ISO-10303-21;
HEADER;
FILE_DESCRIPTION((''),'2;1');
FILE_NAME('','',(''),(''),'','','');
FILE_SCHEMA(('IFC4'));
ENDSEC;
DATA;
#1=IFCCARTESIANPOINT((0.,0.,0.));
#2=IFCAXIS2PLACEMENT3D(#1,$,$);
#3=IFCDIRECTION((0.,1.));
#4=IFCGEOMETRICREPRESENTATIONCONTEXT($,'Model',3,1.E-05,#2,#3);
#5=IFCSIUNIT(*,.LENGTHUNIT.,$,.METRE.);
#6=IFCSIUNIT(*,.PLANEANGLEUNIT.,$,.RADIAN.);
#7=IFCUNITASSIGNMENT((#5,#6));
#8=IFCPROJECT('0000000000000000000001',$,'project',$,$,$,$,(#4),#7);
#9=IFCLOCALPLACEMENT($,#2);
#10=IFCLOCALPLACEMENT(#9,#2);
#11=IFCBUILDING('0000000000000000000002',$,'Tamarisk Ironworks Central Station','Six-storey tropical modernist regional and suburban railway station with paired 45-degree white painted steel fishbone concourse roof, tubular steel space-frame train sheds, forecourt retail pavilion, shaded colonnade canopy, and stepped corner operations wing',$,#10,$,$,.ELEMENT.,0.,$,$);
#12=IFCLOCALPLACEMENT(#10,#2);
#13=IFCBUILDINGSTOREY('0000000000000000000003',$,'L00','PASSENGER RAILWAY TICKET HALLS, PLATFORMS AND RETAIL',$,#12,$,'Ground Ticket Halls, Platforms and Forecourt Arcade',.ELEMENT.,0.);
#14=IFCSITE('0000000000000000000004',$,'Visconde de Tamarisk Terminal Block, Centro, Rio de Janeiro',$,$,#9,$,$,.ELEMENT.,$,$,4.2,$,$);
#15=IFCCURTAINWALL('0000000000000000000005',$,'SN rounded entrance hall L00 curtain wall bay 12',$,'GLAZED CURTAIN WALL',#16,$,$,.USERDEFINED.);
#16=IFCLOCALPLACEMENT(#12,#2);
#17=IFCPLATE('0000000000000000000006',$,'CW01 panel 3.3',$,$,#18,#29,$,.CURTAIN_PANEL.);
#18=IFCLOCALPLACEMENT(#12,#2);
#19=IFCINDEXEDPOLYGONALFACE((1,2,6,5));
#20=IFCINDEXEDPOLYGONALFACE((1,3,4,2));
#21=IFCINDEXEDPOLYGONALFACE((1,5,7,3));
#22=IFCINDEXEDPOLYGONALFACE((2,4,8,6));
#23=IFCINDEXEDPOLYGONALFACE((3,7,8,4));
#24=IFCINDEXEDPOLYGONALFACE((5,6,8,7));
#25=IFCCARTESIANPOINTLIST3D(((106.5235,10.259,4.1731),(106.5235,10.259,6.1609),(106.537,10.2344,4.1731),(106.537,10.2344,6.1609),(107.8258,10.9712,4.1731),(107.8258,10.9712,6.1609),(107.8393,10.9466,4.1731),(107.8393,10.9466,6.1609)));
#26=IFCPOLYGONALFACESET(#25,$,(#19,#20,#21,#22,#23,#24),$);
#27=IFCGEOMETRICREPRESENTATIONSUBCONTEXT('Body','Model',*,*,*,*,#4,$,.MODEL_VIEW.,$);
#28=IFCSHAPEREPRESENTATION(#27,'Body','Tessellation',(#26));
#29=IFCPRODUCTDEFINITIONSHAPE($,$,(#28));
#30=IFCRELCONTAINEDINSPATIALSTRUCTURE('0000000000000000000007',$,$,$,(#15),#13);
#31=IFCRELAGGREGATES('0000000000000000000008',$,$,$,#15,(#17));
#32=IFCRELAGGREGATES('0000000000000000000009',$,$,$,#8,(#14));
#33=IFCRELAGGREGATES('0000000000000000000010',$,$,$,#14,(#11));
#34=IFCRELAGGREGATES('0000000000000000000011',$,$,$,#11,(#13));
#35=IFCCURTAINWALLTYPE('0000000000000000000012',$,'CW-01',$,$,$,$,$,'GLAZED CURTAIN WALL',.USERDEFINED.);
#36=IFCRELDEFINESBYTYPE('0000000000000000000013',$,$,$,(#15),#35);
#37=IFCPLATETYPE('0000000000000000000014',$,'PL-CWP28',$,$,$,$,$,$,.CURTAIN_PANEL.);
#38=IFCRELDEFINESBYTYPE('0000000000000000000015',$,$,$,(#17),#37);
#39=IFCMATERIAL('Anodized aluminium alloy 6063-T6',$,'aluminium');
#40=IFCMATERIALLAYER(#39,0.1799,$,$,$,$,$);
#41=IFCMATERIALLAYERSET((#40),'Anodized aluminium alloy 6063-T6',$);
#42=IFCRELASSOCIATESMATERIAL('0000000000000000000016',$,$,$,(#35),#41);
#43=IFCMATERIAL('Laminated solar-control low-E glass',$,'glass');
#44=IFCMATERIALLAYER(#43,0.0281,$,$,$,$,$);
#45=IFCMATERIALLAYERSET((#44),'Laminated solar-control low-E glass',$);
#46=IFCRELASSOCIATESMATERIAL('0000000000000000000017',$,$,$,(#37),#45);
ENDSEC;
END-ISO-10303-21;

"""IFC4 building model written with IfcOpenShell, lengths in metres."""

from ifc_helpers import new_model, si_unit, direction, frame, origin, origin_2d, place, context, subcontext, project, spatial, rectangle, extrude, material, layer, layer_set, type_object, element, aggregate, save


model = new_model("IFC4")

# Units and contexts
model_context = context("Model", 3, precision=1e-05, world=origin(), true_north=direction((0.0, 1.0)))
body_context = subcontext(model_context, "Body", "Model", "MODEL_VIEW")
ifc_project = project(units=[si_unit("LENGTHUNIT", "METRE"), si_unit("PLANEANGLEUNIT", "RADIAN")], contexts=[model_context])

# Site, building, storey
site_placement = place(None, origin())
site = spatial("IfcSite", under=ifc_project, at=site_placement, Name="Visconde de Tamarisk Terminal Block, Centro, Rio de Janeiro", CompositionType="ELEMENT", RefElevation=4.2)
building_placement = place(site_placement, origin())
building = spatial("IfcBuilding", under=site, at=building_placement, Name="Tamarisk Ironworks Central Station", Description="Six-storey tropical modernist regional and suburban railway station with paired 45-degree white painted steel fishbone concourse roof, tubular steel space-frame train sheds, forecourt retail pavilion, shaded colonnade canopy, and stepped corner operations wing", CompositionType="ELEMENT", ElevationOfRefHeight=0.0)
storey_placement = place(building_placement, origin())
storey = spatial("IfcBuildingStorey", under=building, at=storey_placement, Name="L00", Description="PASSENGER RAILWAY TICKET HALLS, PLATFORMS AND RETAIL", LongName="Ground Ticket Halls, Platforms and Forecourt Arcade", CompositionType="ELEMENT", Elevation=0.0)

# Curtain wall, plate
ifc_material_1 = material(Name="Anodized aluminium alloy 6063-T6", Category="aluminium")
ifc_layer_1 = layer(ifc_material_1, 0.1799)
ifc_layer_set_1 = layer_set([ifc_layer_1], Name="Anodized aluminium alloy 6063-T6")
curtain_wall_type = type_object("IfcCurtainWallType", Name="CW-01", ElementType="GLAZED CURTAIN WALL", PredefinedType="USERDEFINED", material=ifc_layer_set_1)
curtain_wall_placement = place(storey_placement, origin())
curtain_wall = element("IfcCurtainWall", 1, at=curtain_wall_placement, inside=storey, type_object=curtain_wall_type, Name="SN rounded entrance hall L00 curtain wall bay 12", ObjectType="GLAZED CURTAIN WALL", PredefinedType="USERDEFINED")
ifc_material_2 = material(Name="Laminated solar-control low-E glass", Category="glass")
ifc_layer_2 = layer(ifc_material_2, 0.0281)
ifc_layer_set_2 = layer_set([ifc_layer_2], Name="Laminated solar-control low-E glass")
plate_type = type_object("IfcPlateType", Name="PL-CWP28", PredefinedType="CURTAIN_PANEL", material=ifc_layer_set_2)
plate_1_placement = place(storey_placement, frame((107.1814, 10.6028, 4.1731), z_axis=(0.0, 0.0, 1.0), x_axis=(0.877375, 0.479805, 0.0)))
plate_1 = element("IfcPlate", 2, at=plate_1_placement, type_object=plate_type, Name="CW01 panel 3.3", PredefinedType="CURTAIN_PANEL", context=body_context, shape_type="SweptSolid", body=[
    extrude(rectangle(XDim=1.4844, YDim=0.0281, at=origin_2d()), origin(), (0.0, 0.0, 1.0), 1.9878),
])
aggregate(curtain_wall, [plate_1])

save(model, "model.ifc")
